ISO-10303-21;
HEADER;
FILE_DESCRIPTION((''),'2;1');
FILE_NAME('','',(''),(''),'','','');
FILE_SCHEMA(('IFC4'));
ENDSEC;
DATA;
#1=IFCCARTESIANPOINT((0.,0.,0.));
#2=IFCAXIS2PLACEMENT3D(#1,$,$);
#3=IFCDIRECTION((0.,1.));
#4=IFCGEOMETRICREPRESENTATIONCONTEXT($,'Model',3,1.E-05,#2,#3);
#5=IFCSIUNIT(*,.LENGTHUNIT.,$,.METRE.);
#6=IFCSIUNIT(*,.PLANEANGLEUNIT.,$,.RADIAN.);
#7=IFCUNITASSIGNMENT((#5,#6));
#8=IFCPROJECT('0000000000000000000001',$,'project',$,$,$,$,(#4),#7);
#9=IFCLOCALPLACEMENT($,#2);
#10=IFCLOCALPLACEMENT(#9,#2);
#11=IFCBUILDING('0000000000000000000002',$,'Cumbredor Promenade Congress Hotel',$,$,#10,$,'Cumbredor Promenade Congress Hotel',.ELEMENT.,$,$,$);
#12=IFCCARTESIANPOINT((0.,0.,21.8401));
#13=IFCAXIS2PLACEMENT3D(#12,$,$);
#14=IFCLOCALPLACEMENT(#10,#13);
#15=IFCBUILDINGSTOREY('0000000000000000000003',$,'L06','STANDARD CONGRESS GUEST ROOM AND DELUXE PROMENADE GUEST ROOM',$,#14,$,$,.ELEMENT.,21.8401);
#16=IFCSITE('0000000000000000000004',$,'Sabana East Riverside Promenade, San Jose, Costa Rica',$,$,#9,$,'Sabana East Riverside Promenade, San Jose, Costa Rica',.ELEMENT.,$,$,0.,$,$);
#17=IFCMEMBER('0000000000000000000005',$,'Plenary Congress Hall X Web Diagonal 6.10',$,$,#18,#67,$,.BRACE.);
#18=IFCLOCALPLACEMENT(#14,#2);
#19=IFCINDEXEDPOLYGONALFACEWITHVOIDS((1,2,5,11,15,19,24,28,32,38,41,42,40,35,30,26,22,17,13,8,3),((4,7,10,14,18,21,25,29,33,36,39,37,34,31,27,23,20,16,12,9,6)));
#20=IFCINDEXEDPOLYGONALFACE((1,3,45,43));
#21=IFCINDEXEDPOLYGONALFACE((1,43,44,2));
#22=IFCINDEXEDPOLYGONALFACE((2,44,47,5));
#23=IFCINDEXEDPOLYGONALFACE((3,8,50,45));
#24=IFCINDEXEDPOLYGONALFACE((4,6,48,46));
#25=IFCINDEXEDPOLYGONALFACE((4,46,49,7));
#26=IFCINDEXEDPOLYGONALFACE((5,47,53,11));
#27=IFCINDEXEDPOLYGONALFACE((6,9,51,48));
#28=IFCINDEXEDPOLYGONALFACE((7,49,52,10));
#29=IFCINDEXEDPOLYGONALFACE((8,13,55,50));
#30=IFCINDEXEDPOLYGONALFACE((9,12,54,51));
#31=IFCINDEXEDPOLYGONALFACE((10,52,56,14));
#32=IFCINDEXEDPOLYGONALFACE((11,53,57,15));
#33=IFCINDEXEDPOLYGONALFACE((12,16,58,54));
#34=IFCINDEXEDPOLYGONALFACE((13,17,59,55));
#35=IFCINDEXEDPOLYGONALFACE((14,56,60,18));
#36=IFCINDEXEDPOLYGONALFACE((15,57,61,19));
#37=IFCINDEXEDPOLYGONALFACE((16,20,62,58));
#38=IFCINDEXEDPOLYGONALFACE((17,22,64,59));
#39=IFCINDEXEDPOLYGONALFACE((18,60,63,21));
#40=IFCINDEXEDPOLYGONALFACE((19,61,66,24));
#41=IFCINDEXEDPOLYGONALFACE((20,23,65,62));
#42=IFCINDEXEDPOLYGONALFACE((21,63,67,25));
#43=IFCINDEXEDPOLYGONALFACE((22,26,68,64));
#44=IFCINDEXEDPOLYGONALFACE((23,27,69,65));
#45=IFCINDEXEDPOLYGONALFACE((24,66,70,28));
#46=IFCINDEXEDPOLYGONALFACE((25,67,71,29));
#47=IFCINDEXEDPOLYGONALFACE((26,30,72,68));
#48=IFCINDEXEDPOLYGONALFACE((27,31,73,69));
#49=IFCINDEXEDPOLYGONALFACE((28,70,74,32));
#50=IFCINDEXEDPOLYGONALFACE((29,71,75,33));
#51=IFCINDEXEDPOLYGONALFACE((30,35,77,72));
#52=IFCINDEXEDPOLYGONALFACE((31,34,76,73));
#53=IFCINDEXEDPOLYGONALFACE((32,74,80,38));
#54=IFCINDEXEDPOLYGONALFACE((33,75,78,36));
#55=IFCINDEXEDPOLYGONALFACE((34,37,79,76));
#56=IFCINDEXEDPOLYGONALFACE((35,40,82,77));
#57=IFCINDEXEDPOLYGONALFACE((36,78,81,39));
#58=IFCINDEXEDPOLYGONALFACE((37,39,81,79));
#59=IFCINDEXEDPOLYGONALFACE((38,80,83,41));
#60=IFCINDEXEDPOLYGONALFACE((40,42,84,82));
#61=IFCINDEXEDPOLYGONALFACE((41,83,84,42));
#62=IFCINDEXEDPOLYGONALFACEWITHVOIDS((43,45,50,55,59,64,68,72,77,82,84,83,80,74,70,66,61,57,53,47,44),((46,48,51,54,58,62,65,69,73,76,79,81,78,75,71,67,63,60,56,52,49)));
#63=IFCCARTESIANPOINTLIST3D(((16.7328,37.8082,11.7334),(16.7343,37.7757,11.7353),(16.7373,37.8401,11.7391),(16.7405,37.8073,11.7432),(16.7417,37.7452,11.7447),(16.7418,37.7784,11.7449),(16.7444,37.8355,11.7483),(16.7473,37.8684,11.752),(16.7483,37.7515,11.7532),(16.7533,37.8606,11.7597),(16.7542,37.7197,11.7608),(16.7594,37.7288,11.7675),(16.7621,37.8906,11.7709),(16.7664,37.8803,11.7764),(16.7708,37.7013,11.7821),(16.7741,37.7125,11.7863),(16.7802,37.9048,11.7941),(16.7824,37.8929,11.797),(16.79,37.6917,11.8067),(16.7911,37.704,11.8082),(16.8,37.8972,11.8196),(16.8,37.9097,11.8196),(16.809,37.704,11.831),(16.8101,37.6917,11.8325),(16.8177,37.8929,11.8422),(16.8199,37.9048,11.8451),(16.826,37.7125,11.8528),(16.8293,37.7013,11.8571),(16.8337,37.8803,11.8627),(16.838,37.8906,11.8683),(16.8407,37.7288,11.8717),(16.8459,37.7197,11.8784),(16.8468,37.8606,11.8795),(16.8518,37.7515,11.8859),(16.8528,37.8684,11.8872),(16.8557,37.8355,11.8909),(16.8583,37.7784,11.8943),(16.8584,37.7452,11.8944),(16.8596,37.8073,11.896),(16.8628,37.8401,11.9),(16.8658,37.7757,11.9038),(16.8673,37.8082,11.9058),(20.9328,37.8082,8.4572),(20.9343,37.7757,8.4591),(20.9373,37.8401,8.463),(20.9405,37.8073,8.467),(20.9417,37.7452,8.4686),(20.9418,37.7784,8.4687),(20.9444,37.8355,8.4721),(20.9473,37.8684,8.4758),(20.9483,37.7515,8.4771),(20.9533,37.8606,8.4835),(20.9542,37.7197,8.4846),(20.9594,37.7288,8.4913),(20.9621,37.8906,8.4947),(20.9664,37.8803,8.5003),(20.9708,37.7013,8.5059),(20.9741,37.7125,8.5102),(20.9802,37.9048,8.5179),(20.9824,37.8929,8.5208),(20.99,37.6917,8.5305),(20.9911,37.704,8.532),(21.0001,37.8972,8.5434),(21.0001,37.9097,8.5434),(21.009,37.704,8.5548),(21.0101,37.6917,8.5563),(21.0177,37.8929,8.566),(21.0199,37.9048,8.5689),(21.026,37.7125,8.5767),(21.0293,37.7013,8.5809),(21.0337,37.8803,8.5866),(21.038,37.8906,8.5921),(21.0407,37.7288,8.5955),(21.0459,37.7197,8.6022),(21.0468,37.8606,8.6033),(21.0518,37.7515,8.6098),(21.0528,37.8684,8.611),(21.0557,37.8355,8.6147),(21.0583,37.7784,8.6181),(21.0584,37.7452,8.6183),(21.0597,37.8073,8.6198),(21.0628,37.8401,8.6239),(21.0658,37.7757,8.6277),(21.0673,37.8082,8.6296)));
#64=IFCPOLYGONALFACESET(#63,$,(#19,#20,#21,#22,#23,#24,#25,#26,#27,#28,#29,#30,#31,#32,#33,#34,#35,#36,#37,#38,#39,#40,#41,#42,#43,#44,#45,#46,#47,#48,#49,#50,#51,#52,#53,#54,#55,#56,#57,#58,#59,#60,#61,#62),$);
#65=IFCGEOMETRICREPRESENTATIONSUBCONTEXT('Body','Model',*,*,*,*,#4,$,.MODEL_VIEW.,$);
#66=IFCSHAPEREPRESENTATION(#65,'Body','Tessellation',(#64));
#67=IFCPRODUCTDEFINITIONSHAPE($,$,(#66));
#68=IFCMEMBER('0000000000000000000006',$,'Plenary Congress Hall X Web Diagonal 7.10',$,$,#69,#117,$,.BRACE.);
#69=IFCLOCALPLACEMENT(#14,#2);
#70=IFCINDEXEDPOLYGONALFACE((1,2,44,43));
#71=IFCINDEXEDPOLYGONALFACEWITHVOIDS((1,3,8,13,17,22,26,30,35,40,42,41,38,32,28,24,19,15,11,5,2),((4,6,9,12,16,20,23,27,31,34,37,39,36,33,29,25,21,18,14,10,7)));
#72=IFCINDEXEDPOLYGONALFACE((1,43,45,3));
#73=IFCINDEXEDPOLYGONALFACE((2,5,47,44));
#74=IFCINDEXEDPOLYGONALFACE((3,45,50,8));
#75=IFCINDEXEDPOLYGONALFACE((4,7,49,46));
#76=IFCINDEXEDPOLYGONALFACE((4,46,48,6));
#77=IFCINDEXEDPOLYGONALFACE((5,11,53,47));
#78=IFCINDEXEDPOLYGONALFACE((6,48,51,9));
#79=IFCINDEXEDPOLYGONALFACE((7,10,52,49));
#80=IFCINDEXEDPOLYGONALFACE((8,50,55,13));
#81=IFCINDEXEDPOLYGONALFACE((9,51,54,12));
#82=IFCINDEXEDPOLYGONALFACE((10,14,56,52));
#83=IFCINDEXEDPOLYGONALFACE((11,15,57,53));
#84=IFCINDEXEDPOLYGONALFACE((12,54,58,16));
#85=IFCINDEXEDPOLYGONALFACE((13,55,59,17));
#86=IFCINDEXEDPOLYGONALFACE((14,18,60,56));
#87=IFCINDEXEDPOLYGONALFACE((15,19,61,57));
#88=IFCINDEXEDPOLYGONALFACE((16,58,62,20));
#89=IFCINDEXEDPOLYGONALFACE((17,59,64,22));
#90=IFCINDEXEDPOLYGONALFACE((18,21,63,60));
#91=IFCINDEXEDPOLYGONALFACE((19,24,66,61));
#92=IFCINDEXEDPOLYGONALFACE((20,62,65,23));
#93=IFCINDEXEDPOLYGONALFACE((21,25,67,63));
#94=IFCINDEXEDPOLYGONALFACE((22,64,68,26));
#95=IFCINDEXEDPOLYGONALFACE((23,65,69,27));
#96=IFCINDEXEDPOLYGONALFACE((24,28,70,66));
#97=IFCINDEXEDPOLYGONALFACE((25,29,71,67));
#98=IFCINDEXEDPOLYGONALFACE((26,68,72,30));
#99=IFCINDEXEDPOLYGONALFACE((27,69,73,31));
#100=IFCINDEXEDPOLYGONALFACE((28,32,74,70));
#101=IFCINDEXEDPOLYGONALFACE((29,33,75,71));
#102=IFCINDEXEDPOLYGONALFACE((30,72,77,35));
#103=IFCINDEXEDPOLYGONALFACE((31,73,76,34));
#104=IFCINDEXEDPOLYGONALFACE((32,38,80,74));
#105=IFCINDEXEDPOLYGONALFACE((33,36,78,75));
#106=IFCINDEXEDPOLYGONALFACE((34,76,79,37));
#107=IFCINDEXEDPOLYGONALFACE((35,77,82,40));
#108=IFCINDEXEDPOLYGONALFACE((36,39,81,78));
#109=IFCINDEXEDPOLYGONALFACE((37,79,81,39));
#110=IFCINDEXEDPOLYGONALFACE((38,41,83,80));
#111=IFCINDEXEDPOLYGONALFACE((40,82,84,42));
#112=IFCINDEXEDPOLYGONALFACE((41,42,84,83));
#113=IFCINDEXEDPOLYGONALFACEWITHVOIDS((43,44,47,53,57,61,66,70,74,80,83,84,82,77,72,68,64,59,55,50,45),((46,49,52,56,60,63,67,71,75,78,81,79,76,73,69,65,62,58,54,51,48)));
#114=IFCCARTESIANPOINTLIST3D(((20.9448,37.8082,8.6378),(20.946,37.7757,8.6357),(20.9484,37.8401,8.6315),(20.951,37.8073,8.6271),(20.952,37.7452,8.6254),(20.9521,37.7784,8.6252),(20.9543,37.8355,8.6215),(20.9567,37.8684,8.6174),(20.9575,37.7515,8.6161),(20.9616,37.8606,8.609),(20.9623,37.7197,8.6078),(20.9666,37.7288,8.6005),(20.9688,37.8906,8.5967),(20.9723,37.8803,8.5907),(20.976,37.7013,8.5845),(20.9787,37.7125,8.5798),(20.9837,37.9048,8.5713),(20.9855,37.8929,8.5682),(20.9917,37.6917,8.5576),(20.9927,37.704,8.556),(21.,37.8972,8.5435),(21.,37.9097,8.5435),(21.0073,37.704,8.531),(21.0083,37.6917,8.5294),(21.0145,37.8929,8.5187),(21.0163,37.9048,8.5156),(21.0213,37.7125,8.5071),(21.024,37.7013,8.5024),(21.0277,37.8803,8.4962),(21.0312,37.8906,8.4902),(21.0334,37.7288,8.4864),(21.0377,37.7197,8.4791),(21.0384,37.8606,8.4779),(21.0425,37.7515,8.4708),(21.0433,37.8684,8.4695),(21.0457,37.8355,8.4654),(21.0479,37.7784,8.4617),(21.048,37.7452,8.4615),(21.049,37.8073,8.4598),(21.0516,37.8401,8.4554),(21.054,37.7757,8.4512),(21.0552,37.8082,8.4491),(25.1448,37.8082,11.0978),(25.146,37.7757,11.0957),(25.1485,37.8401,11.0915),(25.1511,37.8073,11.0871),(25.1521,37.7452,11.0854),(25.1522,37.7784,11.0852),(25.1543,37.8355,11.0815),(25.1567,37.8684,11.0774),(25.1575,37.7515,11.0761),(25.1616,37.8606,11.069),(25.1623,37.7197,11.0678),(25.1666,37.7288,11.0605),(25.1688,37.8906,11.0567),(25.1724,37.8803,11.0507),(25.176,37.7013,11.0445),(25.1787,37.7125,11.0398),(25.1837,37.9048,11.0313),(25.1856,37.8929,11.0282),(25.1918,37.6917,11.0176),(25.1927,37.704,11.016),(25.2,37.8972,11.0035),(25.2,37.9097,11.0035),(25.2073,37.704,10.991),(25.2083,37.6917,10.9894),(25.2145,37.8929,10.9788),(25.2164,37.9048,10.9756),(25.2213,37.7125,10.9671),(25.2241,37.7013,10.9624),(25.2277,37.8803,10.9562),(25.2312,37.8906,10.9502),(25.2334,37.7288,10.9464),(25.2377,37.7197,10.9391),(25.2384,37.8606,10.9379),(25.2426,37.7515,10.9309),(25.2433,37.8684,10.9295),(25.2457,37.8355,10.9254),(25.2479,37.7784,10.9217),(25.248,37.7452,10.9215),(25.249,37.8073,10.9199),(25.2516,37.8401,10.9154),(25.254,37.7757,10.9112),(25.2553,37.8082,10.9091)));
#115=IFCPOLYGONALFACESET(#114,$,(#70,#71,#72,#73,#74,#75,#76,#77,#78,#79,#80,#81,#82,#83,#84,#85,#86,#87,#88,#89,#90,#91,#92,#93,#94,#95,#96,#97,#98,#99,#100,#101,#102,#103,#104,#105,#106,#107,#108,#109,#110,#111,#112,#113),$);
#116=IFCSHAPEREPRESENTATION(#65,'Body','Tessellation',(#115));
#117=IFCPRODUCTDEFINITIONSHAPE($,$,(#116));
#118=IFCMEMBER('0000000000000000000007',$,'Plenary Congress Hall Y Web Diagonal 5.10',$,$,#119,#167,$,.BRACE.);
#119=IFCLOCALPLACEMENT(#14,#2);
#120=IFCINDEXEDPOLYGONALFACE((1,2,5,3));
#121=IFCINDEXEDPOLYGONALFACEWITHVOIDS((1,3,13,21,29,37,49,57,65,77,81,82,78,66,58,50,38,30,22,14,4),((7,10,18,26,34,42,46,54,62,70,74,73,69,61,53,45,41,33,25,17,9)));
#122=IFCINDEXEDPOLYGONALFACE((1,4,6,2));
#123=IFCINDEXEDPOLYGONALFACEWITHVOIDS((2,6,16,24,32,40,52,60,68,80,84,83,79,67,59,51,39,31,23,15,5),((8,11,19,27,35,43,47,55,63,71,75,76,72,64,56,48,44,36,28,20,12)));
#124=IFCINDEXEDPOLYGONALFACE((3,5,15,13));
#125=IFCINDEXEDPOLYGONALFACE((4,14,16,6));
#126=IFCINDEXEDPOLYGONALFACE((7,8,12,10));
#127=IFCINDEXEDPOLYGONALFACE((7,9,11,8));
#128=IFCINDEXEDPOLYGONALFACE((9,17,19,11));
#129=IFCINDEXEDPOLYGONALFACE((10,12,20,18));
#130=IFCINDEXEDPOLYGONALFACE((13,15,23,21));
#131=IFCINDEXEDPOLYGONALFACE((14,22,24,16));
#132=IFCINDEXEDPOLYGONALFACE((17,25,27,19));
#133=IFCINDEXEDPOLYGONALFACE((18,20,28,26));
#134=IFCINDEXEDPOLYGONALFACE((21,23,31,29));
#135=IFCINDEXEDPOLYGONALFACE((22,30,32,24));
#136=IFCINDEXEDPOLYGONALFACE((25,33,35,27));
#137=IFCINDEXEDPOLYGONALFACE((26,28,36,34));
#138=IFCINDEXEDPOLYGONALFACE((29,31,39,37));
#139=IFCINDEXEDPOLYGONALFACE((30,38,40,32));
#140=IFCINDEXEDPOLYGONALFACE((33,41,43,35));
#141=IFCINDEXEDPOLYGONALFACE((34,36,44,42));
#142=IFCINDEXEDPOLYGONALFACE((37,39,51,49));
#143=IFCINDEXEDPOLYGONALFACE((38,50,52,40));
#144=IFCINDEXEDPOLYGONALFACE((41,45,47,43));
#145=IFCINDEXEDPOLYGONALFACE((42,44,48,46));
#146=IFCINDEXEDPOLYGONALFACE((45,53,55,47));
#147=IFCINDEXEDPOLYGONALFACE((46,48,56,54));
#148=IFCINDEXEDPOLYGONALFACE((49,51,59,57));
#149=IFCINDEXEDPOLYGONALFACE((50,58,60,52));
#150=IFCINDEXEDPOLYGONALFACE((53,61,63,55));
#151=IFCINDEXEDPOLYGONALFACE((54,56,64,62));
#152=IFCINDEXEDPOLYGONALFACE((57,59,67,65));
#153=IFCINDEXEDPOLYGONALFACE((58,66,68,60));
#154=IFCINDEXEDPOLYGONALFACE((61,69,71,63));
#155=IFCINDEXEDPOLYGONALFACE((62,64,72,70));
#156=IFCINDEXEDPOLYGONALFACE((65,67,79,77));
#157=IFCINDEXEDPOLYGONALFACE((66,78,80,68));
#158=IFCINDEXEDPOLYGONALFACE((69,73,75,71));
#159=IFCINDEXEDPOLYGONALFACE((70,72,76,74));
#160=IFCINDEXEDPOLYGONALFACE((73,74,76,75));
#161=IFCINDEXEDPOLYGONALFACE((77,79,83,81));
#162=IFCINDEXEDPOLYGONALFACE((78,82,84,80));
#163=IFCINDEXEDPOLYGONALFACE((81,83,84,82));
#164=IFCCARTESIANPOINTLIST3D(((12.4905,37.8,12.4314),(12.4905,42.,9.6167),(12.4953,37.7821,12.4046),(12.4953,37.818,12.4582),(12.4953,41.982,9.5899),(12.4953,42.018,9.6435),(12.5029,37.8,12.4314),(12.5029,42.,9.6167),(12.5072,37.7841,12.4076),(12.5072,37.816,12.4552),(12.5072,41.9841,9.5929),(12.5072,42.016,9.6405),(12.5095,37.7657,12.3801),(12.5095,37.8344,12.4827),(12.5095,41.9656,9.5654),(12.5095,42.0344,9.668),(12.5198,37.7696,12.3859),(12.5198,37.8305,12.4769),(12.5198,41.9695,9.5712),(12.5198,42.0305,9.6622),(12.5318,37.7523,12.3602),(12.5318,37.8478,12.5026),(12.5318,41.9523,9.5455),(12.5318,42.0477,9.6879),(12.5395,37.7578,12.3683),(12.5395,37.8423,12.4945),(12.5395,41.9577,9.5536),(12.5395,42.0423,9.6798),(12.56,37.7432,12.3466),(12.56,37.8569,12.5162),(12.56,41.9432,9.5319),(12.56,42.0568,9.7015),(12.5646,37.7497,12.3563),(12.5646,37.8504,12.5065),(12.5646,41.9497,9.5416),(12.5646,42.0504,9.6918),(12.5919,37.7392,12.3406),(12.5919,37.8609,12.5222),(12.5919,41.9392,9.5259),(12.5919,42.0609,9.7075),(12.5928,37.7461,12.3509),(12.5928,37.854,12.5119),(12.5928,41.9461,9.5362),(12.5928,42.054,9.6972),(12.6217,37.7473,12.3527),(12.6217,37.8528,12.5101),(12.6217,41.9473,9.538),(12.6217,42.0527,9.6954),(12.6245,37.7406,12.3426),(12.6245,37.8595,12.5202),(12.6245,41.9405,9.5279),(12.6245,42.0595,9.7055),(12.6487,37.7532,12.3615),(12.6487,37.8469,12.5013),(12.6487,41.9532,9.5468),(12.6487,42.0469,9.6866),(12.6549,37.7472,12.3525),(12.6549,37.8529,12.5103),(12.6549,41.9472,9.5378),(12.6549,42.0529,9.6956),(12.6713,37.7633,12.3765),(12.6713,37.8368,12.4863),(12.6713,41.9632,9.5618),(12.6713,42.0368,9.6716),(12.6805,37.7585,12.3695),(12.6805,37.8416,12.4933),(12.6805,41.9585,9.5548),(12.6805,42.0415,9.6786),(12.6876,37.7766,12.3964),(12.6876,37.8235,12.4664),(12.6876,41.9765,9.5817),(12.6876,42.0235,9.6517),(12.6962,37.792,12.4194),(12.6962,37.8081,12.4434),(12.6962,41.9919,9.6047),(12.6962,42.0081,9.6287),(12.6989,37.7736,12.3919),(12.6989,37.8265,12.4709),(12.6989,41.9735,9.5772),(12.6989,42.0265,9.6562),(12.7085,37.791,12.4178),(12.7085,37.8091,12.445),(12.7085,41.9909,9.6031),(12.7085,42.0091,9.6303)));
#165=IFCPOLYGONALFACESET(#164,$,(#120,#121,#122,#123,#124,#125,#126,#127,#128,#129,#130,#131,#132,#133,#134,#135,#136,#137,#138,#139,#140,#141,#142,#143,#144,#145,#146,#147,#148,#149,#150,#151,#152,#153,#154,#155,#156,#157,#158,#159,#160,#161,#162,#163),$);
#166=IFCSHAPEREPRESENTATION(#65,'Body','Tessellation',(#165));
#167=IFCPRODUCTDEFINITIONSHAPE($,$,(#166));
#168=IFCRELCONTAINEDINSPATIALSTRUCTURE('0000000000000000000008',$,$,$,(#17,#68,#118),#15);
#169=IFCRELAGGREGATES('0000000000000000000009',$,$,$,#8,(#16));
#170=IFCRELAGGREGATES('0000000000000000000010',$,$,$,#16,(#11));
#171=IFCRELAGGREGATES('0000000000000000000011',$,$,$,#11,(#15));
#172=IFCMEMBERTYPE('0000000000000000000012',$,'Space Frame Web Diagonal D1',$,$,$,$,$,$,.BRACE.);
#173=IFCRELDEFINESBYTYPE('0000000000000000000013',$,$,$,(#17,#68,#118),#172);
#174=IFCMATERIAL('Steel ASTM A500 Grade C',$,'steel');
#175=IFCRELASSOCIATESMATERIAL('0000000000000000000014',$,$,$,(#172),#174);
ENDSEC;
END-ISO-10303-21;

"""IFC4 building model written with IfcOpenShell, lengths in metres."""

from ifc_helpers import new_model, si_unit, direction, frame, origin, origin_2d, place, context, subcontext, project, spatial, hollow_circle, extrude, material, material_profile, profile_set, type_object, element, save


model = new_model("IFC4")

# Units and contexts
model_context = context("Model", 3, precision=1e-05, world=origin(), true_north=direction((0.0, 1.0)))
body_context = subcontext(model_context, "Body", "Model", "MODEL_VIEW")
ifc_project = project(units=[si_unit("LENGTHUNIT", "METRE"), si_unit("PLANEANGLEUNIT", "RADIAN")], contexts=[model_context])

# Site, building, storey
site_placement = place(None, origin())
site = spatial("IfcSite", under=ifc_project, at=site_placement, Name="Sabana East Riverside Promenade, San Jose, Costa Rica", LongName="Sabana East Riverside Promenade, San Jose, Costa Rica", CompositionType="ELEMENT", RefElevation=0.0)
building_placement = place(site_placement, origin())
building = spatial("IfcBuilding", under=site, at=building_placement, Name="Cumbredor Promenade Congress Hotel", LongName="Cumbredor Promenade Congress Hotel", CompositionType="ELEMENT")
storey_placement = place(building_placement, frame((0.0, 0.0, 21.8401)))
storey = spatial("IfcBuildingStorey", under=building, at=storey_placement, Name="L06", Description="STANDARD CONGRESS GUEST ROOM AND DELUXE PROMENADE GUEST ROOM", CompositionType="ELEMENT", Elevation=21.8401)

# Members
ifc_material_1 = material(Name="Steel ASTM A500 Grade C", Category="steel")
ifc_material_profile_1 = material_profile(ifc_material_1, hollow_circle(Radius=0.1096, WallThickness=0.0125, at=origin_2d()), Name="CHS 219.1x12.5")
ifc_profile_set_1 = profile_set([ifc_material_profile_1], Name="Steel ASTM A500 Grade C")
member_type_1 = type_object("IfcMemberType", Name="Space Frame Web Diagonal D1", PredefinedType="BRACE", material=ifc_profile_set_1)
member_1_placement = place(storey_placement, frame((16.8, 37.8, 11.8196), z_axis=(0.788488, 0.0, -0.615051), x_axis=(0.0, 1.0, 0.0)))
element("IfcMember", 1, at=member_1_placement, inside=storey, type_object=member_type_1, Name="Plenary Congress Hall X Web Diagonal 6.10", PredefinedType="BRACE", context=body_context, shape_type="SweptSolid", body=[
    extrude(hollow_circle(Radius=0.1096, WallThickness=0.0125, at=origin_2d()), origin(), (0.0, 0.0, 1.0), 5.3267),
])
member_2_placement = place(storey_placement, frame((21.0, 37.8, 8.5435), z_axis=(0.862884, 0.0, 0.505402), x_axis=(0.0, 1.0, 0.0)))
element("IfcMember", 2, at=member_2_placement, inside=storey, type_object=member_type_1, Name="Plenary Congress Hall X Web Diagonal 7.10", PredefinedType="BRACE", context=body_context, shape_type="SweptSolid", body=[
    extrude(hollow_circle(Radius=0.1096, WallThickness=0.0125, at=origin_2d()), origin(), (0.0, 0.0, 1.0), 4.8674),
])
member_3_placement = place(storey_placement, frame((12.6001, 37.8, 12.4314), z_axis=(0.0, 0.830703, -0.556716), x_axis=(-1.0, 0.0, 0.0)))
element("IfcMember", 3, at=member_3_placement, inside=storey, type_object=member_type_1, Name="Plenary Congress Hall Y Web Diagonal 5.10", PredefinedType="BRACE", context=body_context, shape_type="SweptSolid", body=[
    extrude(hollow_circle(Radius=0.1096, WallThickness=0.0125, at=origin_2d()), origin(), (0.0, 0.0, 1.0), 5.0559),
])

save(model, "model.ifc")
